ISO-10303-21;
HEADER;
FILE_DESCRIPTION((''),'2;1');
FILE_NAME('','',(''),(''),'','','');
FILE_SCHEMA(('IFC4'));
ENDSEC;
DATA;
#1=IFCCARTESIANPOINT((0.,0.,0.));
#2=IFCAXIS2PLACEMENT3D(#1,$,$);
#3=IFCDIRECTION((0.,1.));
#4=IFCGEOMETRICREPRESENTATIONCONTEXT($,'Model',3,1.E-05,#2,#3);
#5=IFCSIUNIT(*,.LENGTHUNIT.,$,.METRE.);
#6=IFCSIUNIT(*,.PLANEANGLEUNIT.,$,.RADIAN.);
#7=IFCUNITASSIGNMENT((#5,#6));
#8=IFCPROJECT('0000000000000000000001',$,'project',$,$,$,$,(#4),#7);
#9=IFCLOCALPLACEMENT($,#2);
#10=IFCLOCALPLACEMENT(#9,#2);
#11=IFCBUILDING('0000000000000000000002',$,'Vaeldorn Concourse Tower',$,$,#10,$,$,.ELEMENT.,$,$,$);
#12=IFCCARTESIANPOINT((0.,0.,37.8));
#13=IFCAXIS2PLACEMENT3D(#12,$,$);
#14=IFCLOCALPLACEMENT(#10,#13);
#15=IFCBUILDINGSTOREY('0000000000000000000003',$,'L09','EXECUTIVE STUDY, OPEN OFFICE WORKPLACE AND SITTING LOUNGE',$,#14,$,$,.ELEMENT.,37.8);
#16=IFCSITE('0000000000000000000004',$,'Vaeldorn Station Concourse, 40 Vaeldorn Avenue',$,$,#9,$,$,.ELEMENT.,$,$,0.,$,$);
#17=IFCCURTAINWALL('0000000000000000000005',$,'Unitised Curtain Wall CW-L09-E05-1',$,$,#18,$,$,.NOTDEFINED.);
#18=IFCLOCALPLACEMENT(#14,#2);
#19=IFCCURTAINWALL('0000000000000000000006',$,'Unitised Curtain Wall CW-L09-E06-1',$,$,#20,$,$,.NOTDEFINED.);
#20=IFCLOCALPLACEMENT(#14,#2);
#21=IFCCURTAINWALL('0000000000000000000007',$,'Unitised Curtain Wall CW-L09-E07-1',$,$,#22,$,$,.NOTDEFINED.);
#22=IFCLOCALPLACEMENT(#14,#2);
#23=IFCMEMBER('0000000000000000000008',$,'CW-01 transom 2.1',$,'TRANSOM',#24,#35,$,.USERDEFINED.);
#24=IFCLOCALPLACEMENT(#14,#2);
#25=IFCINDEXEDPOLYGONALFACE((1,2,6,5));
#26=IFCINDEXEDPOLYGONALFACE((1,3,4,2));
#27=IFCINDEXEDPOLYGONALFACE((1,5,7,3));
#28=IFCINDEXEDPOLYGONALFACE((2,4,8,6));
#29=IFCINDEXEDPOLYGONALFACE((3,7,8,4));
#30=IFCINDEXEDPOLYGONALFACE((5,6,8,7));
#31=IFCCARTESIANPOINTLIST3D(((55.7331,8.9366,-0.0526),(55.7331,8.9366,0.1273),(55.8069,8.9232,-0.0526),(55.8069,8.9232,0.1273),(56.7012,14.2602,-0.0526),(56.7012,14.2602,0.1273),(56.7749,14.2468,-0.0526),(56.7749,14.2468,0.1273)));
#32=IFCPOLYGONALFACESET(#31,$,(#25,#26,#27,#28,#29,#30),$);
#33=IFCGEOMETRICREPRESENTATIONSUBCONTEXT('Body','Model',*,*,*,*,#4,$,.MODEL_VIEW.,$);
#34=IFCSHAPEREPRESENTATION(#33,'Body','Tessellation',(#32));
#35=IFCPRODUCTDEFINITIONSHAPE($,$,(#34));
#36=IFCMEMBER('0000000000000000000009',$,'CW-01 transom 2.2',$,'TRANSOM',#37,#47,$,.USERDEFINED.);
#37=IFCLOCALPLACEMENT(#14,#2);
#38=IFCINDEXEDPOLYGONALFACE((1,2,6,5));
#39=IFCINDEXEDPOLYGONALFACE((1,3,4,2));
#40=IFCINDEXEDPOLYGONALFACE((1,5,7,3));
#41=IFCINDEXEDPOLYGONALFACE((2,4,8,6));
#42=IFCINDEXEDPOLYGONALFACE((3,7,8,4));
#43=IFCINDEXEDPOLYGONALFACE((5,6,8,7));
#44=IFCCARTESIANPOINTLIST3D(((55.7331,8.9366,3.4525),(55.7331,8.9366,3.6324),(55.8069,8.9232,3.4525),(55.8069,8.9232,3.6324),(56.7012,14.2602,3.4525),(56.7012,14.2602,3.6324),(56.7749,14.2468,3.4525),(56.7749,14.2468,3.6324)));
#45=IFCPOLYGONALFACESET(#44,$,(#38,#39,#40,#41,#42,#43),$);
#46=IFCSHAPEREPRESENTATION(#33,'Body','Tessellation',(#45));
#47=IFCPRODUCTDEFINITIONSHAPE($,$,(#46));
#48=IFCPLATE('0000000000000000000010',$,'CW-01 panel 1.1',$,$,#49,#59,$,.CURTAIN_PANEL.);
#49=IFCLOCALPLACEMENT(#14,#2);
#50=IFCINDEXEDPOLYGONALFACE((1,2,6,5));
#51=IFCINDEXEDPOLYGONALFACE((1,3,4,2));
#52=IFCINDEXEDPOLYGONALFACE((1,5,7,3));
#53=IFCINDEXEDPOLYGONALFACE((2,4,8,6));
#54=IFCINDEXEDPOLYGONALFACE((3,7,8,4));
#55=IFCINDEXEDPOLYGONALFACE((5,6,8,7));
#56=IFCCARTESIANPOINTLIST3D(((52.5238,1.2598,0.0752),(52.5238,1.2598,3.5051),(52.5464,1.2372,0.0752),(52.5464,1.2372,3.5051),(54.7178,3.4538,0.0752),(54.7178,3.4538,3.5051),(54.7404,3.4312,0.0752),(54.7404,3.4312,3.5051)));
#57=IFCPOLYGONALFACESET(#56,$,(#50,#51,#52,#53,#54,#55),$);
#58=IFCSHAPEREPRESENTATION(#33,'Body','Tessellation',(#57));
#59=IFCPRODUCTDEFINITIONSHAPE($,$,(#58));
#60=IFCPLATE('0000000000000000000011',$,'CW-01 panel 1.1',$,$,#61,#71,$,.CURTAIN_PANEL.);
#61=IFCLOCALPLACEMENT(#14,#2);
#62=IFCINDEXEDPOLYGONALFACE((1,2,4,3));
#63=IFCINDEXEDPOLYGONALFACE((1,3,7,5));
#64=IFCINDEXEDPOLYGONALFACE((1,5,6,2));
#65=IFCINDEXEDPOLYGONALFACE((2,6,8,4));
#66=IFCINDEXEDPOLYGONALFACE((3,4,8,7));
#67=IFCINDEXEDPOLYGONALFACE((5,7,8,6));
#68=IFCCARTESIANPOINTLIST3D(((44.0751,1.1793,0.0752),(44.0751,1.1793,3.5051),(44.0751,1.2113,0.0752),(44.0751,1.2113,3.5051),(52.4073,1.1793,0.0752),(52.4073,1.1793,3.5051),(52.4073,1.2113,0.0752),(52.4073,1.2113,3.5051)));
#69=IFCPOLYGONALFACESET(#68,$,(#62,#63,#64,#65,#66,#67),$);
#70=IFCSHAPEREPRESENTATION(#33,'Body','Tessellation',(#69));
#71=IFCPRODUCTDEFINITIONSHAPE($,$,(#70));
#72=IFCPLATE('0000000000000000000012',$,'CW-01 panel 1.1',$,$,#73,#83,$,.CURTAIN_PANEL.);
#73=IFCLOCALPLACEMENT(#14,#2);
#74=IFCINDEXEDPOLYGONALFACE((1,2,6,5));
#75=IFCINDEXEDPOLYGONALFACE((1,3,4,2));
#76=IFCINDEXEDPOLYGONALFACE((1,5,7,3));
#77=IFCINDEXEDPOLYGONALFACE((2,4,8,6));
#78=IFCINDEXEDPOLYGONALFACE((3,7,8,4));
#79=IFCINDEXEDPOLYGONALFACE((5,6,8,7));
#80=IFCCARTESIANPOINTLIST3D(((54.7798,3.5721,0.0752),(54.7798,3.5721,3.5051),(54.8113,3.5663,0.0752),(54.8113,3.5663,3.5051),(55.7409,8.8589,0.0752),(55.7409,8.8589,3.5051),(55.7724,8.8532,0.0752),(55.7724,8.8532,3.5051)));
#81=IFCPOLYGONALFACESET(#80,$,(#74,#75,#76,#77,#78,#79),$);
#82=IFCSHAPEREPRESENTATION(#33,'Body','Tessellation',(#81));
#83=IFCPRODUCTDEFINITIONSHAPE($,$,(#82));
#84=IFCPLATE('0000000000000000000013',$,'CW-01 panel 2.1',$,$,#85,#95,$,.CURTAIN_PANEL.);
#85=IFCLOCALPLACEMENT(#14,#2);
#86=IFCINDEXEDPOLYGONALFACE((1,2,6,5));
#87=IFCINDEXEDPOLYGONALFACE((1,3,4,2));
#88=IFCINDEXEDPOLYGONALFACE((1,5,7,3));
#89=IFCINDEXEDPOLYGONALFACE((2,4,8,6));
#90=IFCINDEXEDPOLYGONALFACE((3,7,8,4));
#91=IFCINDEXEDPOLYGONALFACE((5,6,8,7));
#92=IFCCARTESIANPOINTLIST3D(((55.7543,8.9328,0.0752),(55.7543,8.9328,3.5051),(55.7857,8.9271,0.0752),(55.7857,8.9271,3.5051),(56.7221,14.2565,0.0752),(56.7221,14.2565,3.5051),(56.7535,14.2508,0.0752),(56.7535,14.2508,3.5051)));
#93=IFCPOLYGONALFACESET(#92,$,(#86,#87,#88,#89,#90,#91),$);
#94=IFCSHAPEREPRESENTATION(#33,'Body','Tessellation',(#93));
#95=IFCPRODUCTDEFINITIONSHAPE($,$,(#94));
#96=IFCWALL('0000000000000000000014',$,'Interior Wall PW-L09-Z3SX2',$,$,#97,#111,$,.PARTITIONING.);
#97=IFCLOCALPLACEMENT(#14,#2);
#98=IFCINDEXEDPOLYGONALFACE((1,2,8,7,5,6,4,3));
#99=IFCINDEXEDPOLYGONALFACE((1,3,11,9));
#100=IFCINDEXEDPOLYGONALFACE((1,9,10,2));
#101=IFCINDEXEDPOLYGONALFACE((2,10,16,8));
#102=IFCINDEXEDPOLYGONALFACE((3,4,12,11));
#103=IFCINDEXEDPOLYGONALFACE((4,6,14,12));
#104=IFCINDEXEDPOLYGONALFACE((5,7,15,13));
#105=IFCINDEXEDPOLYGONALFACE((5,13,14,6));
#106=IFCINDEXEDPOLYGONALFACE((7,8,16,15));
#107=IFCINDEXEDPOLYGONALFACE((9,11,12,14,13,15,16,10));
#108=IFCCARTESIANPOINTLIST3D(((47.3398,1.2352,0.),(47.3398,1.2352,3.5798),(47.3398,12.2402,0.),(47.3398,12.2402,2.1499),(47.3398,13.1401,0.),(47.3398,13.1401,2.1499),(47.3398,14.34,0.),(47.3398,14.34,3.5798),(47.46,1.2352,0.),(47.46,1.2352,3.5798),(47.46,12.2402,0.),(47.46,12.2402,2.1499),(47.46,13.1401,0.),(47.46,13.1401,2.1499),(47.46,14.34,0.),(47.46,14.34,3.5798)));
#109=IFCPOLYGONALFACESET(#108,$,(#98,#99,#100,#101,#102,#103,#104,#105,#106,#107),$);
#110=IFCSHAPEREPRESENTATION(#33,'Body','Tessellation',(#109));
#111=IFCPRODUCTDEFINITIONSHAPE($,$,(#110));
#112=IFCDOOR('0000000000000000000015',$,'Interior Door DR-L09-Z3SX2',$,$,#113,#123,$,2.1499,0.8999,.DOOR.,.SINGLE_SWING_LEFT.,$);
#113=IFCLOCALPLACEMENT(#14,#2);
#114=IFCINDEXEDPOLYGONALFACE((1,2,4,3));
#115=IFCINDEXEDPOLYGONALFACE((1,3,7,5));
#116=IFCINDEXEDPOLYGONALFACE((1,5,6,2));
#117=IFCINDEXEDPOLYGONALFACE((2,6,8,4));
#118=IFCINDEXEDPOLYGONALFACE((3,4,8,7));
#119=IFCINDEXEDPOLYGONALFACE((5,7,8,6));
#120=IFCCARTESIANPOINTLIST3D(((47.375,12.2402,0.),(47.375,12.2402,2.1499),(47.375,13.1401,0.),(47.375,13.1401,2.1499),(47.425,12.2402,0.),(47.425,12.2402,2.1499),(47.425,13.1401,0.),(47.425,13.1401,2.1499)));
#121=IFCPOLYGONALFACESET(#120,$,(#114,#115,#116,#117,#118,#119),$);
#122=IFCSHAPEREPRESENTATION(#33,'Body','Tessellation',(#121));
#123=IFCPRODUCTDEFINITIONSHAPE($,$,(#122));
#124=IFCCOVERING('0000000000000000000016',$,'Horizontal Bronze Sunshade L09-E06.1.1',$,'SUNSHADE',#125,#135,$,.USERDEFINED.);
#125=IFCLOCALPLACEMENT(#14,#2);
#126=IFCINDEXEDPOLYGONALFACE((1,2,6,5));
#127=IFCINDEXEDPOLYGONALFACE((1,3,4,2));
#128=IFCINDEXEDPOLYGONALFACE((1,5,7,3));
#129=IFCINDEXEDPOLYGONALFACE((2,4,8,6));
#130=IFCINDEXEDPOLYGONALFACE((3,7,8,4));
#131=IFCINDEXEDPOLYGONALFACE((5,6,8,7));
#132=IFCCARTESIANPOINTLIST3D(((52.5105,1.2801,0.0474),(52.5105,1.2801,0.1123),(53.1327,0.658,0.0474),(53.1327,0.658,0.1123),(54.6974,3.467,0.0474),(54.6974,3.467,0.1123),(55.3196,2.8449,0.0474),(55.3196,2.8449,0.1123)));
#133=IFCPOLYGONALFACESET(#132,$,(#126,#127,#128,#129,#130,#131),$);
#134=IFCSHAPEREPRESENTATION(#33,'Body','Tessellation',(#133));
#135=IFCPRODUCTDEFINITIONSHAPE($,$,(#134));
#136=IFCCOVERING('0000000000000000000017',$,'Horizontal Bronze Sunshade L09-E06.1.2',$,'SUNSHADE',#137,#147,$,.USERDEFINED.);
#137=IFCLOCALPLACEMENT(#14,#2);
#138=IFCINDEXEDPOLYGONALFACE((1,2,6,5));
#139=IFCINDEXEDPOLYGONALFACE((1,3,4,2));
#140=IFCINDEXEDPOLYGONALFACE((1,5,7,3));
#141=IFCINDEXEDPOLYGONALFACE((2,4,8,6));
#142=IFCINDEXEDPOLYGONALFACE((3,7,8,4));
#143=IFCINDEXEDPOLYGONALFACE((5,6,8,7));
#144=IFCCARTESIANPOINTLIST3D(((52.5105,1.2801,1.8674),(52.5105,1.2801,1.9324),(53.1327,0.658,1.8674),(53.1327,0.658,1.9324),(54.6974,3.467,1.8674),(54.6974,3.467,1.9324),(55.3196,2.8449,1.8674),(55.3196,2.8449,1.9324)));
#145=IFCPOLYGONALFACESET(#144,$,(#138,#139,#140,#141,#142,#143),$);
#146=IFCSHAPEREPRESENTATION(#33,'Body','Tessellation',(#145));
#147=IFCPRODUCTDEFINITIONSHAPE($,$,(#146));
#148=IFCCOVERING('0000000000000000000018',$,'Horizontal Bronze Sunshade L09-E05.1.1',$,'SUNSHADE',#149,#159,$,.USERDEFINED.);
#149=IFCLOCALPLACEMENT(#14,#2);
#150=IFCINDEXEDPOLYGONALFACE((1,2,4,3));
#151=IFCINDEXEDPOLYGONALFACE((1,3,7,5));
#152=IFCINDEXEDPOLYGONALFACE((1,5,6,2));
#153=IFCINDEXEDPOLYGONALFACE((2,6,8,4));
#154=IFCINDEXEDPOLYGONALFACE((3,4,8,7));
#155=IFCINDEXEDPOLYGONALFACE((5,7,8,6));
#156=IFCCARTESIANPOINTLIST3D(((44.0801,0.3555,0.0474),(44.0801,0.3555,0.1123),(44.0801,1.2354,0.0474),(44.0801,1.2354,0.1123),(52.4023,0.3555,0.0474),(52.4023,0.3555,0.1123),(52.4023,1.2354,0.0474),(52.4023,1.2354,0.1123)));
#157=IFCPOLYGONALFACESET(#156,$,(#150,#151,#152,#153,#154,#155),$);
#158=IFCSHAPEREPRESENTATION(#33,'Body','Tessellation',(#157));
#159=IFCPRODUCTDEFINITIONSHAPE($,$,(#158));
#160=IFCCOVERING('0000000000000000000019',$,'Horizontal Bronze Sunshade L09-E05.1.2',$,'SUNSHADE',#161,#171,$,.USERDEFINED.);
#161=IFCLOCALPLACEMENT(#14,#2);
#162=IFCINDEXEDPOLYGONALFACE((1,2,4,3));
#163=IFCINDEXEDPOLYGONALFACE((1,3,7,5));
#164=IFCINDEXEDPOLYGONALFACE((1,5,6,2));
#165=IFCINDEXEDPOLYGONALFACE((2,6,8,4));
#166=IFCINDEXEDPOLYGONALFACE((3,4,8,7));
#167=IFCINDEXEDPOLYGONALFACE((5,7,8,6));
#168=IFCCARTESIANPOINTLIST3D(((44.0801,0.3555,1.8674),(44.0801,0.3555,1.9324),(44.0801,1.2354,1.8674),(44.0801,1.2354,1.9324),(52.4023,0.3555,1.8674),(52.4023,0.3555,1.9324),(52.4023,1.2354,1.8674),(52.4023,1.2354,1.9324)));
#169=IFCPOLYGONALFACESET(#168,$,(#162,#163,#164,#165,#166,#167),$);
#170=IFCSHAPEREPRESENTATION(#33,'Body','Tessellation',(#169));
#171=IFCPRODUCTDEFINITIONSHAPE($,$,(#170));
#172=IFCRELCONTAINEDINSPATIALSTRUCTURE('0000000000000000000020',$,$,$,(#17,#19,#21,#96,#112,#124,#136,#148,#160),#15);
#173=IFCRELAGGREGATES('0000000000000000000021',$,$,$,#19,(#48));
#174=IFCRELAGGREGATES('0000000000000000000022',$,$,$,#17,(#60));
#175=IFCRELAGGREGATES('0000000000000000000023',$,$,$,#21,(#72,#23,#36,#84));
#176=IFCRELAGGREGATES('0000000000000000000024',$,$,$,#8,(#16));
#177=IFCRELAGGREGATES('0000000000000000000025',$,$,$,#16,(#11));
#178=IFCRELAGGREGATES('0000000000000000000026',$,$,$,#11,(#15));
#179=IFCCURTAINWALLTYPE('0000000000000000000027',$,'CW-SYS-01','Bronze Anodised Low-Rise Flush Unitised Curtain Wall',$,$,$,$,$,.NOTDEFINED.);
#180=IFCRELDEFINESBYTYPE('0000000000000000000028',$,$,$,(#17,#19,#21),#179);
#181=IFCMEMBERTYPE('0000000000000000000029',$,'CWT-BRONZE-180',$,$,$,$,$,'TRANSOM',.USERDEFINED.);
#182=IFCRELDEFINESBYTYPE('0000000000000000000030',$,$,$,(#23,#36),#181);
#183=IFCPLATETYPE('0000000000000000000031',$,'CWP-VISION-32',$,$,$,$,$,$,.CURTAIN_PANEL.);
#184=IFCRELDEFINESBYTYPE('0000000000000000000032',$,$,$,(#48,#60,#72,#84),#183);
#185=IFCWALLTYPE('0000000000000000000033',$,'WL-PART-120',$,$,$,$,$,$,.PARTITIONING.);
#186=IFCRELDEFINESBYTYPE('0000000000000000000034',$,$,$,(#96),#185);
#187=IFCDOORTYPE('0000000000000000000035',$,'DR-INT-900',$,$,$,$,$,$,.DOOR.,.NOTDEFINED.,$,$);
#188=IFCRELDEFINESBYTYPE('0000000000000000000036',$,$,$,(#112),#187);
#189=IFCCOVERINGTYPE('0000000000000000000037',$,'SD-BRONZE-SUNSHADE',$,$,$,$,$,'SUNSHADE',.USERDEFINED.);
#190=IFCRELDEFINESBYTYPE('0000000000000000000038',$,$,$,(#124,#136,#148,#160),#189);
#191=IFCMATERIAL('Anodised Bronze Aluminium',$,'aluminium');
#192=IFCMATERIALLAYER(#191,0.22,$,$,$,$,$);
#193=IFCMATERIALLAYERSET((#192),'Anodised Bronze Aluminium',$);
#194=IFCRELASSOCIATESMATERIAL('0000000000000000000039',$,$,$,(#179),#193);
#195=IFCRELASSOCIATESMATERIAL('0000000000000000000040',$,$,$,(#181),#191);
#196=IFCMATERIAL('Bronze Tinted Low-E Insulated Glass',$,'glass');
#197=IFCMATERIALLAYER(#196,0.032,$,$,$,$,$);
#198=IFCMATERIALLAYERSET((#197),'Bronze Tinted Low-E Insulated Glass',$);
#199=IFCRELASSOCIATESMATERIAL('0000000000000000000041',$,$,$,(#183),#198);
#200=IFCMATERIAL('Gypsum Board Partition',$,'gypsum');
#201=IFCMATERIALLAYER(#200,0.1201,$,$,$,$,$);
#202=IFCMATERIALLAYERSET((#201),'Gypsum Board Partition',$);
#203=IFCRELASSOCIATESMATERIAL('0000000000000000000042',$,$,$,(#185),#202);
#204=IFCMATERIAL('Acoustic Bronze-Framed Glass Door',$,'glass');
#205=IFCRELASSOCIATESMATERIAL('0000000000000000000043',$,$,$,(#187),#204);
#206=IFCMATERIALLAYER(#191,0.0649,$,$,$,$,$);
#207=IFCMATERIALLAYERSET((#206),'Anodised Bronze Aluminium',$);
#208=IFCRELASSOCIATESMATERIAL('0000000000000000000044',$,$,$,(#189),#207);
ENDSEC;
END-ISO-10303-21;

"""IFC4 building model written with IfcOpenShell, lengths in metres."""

from ifc_helpers import new_model, si_unit, direction, frame, frame_2d, origin, origin_2d, place, context, subcontext, project, spatial, rectangle, extrude, source, transform, mapped, material, layer, layer_set, material_profile, profile_set, type_object, element, fill, aggregate, save


model = new_model("IFC4")

# Units and contexts
model_context = context("Model", 3, precision=1e-05, world=origin(), true_north=direction((0.0, 1.0)))
body_context = subcontext(model_context, "Body", "Model", "MODEL_VIEW")
ifc_project = project(units=[si_unit("LENGTHUNIT", "METRE"), si_unit("PLANEANGLEUNIT", "RADIAN")], contexts=[model_context])

# Site, building, storey
site_placement = place(None, origin())
site = spatial("IfcSite", under=ifc_project, at=site_placement, Name="Vaeldorn Station Concourse, 40 Vaeldorn Avenue", CompositionType="ELEMENT", RefElevation=0.0)
building_placement = place(site_placement, origin())
building = spatial("IfcBuilding", under=site, at=building_placement, Name="Vaeldorn Concourse Tower", CompositionType="ELEMENT")
storey_placement = place(building_placement, frame((0.0, 0.0, 37.8)))
storey = spatial("IfcBuildingStorey", under=building, at=storey_placement, Name="L09", Description="EXECUTIVE STUDY, OPEN OFFICE WORKPLACE AND SITTING LOUNGE", CompositionType="ELEMENT", Elevation=37.8)

# Curtain wall
ifc_material_1 = material(Name="Anodised Bronze Aluminium", Category="aluminium")
ifc_layer_1 = layer(ifc_material_1, 0.22)
ifc_layer_set_1 = layer_set([ifc_layer_1], Name="Anodised Bronze Aluminium")
curtain_wall_type = type_object("IfcCurtainWallType", Name="CW-SYS-01", Description="Bronze Anodised Low-Rise Flush Unitised Curtain Wall", PredefinedType="NOTDEFINED", material=ifc_layer_set_1)
curtain_wall_1_placement = place(storey_placement, origin())
curtain_wall_1 = element("IfcCurtainWall", 1, at=curtain_wall_1_placement, inside=storey, type_object=curtain_wall_type, Name="Unitised Curtain Wall CW-L09-E05-1", PredefinedType="NOTDEFINED")

# Curtain walls
curtain_wall_2_placement = place(storey_placement, origin())
curtain_wall_2 = element("IfcCurtainWall", 2, at=curtain_wall_2_placement, inside=storey, type_object=curtain_wall_type, Name="Unitised Curtain Wall CW-L09-E06-1", PredefinedType="NOTDEFINED")
curtain_wall_3_placement = place(storey_placement, origin())
curtain_wall_3 = element("IfcCurtainWall", 3, at=curtain_wall_3_placement, inside=storey, type_object=curtain_wall_type, Name="Unitised Curtain Wall CW-L09-E07-1", PredefinedType="NOTDEFINED")

# Members
ifc_material_profile_1 = material_profile(ifc_material_1, rectangle(XDim=0.075, YDim=0.1799, at=origin_2d()), Name="CWT 75x180")
ifc_profile_set_1 = profile_set([ifc_material_profile_1], Name="Anodised Bronze Aluminium")
member_type_1 = type_object("IfcMemberType", Name="CWT-BRONZE-180", ElementType="TRANSOM", PredefinedType="USERDEFINED", material=ifc_profile_set_1)
shared_shape_1 = source(origin(), body_context, "Body", "SweptSolid", [
    extrude(rectangle(XDim=0.075, YDim=0.1799, at=origin_2d()), origin(), (0.0, 0.0, 1.0), 5.4109),
])
member_1_placement = place(storey_placement, frame((55.77, 8.9299, 0.0374), z_axis=(0.178905, 0.983866, 0.0), x_axis=(-0.983866, 0.178905, 0.0)))
member_1 = element("IfcMember", 4, at=member_1_placement, type_object=member_type_1, Name="CW-01 transom 2.1", ObjectType="TRANSOM", PredefinedType="USERDEFINED", context=body_context, shape_type="MappedRepresentation", body=[
    mapped(shared_shape_1, transform((0.0, 0.0, 0.0), scale=1.0)),
])
member_2_placement = place(storey_placement, frame((55.77, 8.9299, 3.5425), z_axis=(0.178905, 0.983866, 0.0), x_axis=(-0.983866, 0.178905, 0.0)))
member_2 = element("IfcMember", 5, at=member_2_placement, type_object=member_type_1, Name="CW-01 transom 2.2", ObjectType="TRANSOM", PredefinedType="USERDEFINED", context=body_context, shape_type="MappedRepresentation", body=[
    mapped(shared_shape_1, transform((0.0, 0.0, 0.0), scale=1.0)),
])

# Plates
ifc_material_2 = material(Name="Bronze Tinted Low-E Insulated Glass", Category="glass")
ifc_layer_2 = layer(ifc_material_2, 0.032)
ifc_layer_set_2 = layer_set([ifc_layer_2], Name="Bronze Tinted Low-E Insulated Glass")
plate_type = type_object("IfcPlateType", Name="CWP-VISION-32", PredefinedType="CURTAIN_PANEL", material=ifc_layer_set_2)
shared_shape_2 = source(origin(), body_context, "Body", "SweptSolid", [
    extrude(rectangle(XDim=3.1028, YDim=0.032, at=origin_2d()), origin(), (0.0, 0.0, 1.0), 3.4299),
])
plate_1_placement = place(storey_placement, frame((53.6321, 2.3455, 0.0752), z_axis=(0.0, 0.0, 1.0), x_axis=(0.707107, 0.707107, 0.0)))
plate_1 = element("IfcPlate", 6, at=plate_1_placement, type_object=plate_type, Name="CW-01 panel 1.1", PredefinedType="CURTAIN_PANEL", context=body_context, shape_type="MappedRepresentation", body=[
    mapped(shared_shape_2, transform((0.0, 0.0, 0.0), scale=1.0)),
])
aggregate(curtain_wall_2, [plate_1])
shared_shape_3 = source(origin(), body_context, "Body", "SweptSolid", [
    extrude(rectangle(XDim=8.3323, YDim=0.032, at=origin_2d()), origin(), (0.0, 0.0, 1.0), 3.4299),
])
plate_2_placement = place(storey_placement, frame((48.2412, 1.1953, 0.0752), z_axis=(0.0, 0.0, 1.0), x_axis=(1.0, 0.0, 0.0)))
plate_2 = element("IfcPlate", 7, at=plate_2_placement, type_object=plate_type, Name="CW-01 panel 1.1", PredefinedType="CURTAIN_PANEL", context=body_context, shape_type="MappedRepresentation", body=[
    mapped(shared_shape_3, transform((0.0, 0.0, 0.0), scale=1.0)),
])
aggregate(curtain_wall_1, [plate_2])
shared_shape_4 = source(origin(), body_context, "Body", "SweptSolid", [
    extrude(rectangle(XDim=5.3735, YDim=0.032, at=origin_2d()), origin(), (0.0, 0.0, 1.0), 3.4299),
])
plate_3_placement = place(storey_placement, frame((55.2761, 6.2126, 0.0752), z_axis=(0.0, 0.0, 1.0), x_axis=(0.178859, 0.983875, 0.0)))
plate_3 = element("IfcPlate", 8, at=plate_3_placement, type_object=plate_type, Name="CW-01 panel 1.1", PredefinedType="CURTAIN_PANEL", context=body_context, shape_type="MappedRepresentation", body=[
    mapped(shared_shape_4, transform((0.0, 0.0, 0.0), scale=1.0)),
])
shared_shape_5 = source(origin(), body_context, "Body", "SweptSolid", [
    extrude(rectangle(XDim=5.4109, YDim=0.032, at=origin_2d()), origin(), (0.0, 0.0, 1.0), 3.4299),
])
plate_4_placement = place(storey_placement, frame((56.2539, 11.5918, 0.0752), z_axis=(0.0, 0.0, 1.0), x_axis=(0.178859, 0.983875, 0.0)))
plate_4 = element("IfcPlate", 9, at=plate_4_placement, type_object=plate_type, Name="CW-01 panel 2.1", PredefinedType="CURTAIN_PANEL", context=body_context, shape_type="MappedRepresentation", body=[
    mapped(shared_shape_5, transform((0.0, 0.0, 0.0), scale=1.0)),
])
aggregate(curtain_wall_3, [plate_3, member_1, member_2, plate_4])

# Wall, opening, door
ifc_material_3 = material(Name="Gypsum Board Partition", Category="gypsum")
ifc_layer_3 = layer(ifc_material_3, 0.1201)
ifc_layer_set_3 = layer_set([ifc_layer_3], Name="Gypsum Board Partition")
wall_type = type_object("IfcWallType", Name="WL-PART-120", PredefinedType="PARTITIONING", material=ifc_layer_set_3)
wall_placement = place(storey_placement, frame((47.3999, 1.2354, 0.0), z_axis=(0.0, 0.0, 1.0), x_axis=(0.0, 1.0, 0.0)))
wall = element("IfcWall", 10, at=wall_placement, inside=storey, type_object=wall_type, Name="Interior Wall PW-L09-Z3SX2", PredefinedType="PARTITIONING", context=body_context, shape_type="SweptSolid", body=[
    extrude(rectangle(XDim=13.1047, YDim=0.1201, at=frame_2d((6.5522, 0.0))), origin(), (0.0, 0.0, 1.0), 3.5798),
])
opening_placement = place(wall_placement, frame((11.0049, 0.0, 0.0)))
opening = element("IfcOpeningElement", 11, at=opening_placement, cuts=wall, PredefinedType="OPENING", context=body_context, shape_type="SweptSolid", body=[
    extrude(rectangle(XDim=0.8999, YDim=2.1499, at=frame_2d((0.45, 1.075))), frame((0.0, 0.0701, 0.0), z_axis=(0.0, -1.0, 0.0), x_axis=(1.0, 0.0, 0.0)), (0.0, 0.0, 1.0), 0.1401),
])
ifc_material_4 = material(Name="Acoustic Bronze-Framed Glass Door", Category="glass")
door_type = type_object("IfcDoorType", Name="DR-INT-900", OperationType="NOTDEFINED", PredefinedType="DOOR", material=ifc_material_4)
shared_shape_6 = source(origin(), body_context, "Body", "SweptSolid", [
    extrude(rectangle(XDim=0.8999, YDim=2.1499, at=frame_2d((0.45, 1.075))), frame((0.0, 0.0249, 0.0), z_axis=(0.0, -1.0, 0.0), x_axis=(1.0, 0.0, 0.0)), (0.0, 0.0, 1.0), 0.05),
])
door_placement = place(opening_placement, origin())
door = element("IfcDoor", 12, at=door_placement, inside=storey, type_object=door_type, Name="Interior Door DR-L09-Z3SX2", OperationType="SINGLE_SWING_LEFT", OverallHeight=2.1499, OverallWidth=0.8999, PredefinedType="DOOR", context=body_context, shape_type="MappedRepresentation", body=[
    mapped(shared_shape_6, transform((0.0, 0.0, 0.0), scale=1.0)),
])
fill(opening, door)

# Coverings
ifc_layer_4 = layer(ifc_material_1, 0.0649)
ifc_layer_set_4 = layer_set([ifc_layer_4], Name="Anodised Bronze Aluminium")
covering_type = type_object("IfcCoveringType", Name="SD-BRONZE-SUNSHADE", ElementType="SUNSHADE", PredefinedType="USERDEFINED", material=ifc_layer_set_4)
shared_shape_7 = source(origin(), body_context, "Body", "SweptSolid", [
    extrude(rectangle(XDim=3.0928, YDim=0.8799, at=origin_2d()), origin(), (0.0, 0.0, 1.0), 0.0649),
])
for number, where, z_axis, x_axis, name in (
    (13, (53.915, 2.0625, 0.0474), (0.0, 0.0, 1.0), (0.707107, 0.707107, 0.0), "Horizontal Bronze Sunshade L09-E06.1.1"),
    (14, (53.915, 2.0625, 1.8674), (0.0, 0.0, 1.0), (0.707107, 0.707107, 0.0), "Horizontal Bronze Sunshade L09-E06.1.2"),
):
    element("IfcCovering", number, at=place(storey_placement, frame(where, z_axis=z_axis, x_axis=x_axis)), inside=storey, type_object=covering_type, Name=name, ObjectType="SUNSHADE", PredefinedType="USERDEFINED", context=body_context, shape_type="MappedRepresentation", body=[
        mapped(shared_shape_7, transform((0.0, 0.0, 0.0), scale=1.0)),
    ])
shared_shape_8 = source(origin(), body_context, "Body", "SweptSolid", [
    extrude(rectangle(XDim=8.3223, YDim=0.8799, at=origin_2d()), origin(), (0.0, 0.0, 1.0), 0.0649),
])
for number, where, z_axis, x_axis, name in (
    (15, (48.2412, 0.7954, 0.0474), (0.0, 0.0, 1.0), (1.0, 0.0, 0.0), "Horizontal Bronze Sunshade L09-E05.1.1"),
    (16, (48.2412, 0.7954, 1.8674), (0.0, 0.0, 1.0), (1.0, 0.0, 0.0), "Horizontal Bronze Sunshade L09-E05.1.2"),
):
    element("IfcCovering", number, at=place(storey_placement, frame(where, z_axis=z_axis, x_axis=x_axis)), inside=storey, type_object=covering_type, Name=name, ObjectType="SUNSHADE", PredefinedType="USERDEFINED", context=body_context, shape_type="MappedRepresentation", body=[
        mapped(shared_shape_8, transform((0.0, 0.0, 0.0), scale=1.0)),
    ])

save(model, "model.ifc")
